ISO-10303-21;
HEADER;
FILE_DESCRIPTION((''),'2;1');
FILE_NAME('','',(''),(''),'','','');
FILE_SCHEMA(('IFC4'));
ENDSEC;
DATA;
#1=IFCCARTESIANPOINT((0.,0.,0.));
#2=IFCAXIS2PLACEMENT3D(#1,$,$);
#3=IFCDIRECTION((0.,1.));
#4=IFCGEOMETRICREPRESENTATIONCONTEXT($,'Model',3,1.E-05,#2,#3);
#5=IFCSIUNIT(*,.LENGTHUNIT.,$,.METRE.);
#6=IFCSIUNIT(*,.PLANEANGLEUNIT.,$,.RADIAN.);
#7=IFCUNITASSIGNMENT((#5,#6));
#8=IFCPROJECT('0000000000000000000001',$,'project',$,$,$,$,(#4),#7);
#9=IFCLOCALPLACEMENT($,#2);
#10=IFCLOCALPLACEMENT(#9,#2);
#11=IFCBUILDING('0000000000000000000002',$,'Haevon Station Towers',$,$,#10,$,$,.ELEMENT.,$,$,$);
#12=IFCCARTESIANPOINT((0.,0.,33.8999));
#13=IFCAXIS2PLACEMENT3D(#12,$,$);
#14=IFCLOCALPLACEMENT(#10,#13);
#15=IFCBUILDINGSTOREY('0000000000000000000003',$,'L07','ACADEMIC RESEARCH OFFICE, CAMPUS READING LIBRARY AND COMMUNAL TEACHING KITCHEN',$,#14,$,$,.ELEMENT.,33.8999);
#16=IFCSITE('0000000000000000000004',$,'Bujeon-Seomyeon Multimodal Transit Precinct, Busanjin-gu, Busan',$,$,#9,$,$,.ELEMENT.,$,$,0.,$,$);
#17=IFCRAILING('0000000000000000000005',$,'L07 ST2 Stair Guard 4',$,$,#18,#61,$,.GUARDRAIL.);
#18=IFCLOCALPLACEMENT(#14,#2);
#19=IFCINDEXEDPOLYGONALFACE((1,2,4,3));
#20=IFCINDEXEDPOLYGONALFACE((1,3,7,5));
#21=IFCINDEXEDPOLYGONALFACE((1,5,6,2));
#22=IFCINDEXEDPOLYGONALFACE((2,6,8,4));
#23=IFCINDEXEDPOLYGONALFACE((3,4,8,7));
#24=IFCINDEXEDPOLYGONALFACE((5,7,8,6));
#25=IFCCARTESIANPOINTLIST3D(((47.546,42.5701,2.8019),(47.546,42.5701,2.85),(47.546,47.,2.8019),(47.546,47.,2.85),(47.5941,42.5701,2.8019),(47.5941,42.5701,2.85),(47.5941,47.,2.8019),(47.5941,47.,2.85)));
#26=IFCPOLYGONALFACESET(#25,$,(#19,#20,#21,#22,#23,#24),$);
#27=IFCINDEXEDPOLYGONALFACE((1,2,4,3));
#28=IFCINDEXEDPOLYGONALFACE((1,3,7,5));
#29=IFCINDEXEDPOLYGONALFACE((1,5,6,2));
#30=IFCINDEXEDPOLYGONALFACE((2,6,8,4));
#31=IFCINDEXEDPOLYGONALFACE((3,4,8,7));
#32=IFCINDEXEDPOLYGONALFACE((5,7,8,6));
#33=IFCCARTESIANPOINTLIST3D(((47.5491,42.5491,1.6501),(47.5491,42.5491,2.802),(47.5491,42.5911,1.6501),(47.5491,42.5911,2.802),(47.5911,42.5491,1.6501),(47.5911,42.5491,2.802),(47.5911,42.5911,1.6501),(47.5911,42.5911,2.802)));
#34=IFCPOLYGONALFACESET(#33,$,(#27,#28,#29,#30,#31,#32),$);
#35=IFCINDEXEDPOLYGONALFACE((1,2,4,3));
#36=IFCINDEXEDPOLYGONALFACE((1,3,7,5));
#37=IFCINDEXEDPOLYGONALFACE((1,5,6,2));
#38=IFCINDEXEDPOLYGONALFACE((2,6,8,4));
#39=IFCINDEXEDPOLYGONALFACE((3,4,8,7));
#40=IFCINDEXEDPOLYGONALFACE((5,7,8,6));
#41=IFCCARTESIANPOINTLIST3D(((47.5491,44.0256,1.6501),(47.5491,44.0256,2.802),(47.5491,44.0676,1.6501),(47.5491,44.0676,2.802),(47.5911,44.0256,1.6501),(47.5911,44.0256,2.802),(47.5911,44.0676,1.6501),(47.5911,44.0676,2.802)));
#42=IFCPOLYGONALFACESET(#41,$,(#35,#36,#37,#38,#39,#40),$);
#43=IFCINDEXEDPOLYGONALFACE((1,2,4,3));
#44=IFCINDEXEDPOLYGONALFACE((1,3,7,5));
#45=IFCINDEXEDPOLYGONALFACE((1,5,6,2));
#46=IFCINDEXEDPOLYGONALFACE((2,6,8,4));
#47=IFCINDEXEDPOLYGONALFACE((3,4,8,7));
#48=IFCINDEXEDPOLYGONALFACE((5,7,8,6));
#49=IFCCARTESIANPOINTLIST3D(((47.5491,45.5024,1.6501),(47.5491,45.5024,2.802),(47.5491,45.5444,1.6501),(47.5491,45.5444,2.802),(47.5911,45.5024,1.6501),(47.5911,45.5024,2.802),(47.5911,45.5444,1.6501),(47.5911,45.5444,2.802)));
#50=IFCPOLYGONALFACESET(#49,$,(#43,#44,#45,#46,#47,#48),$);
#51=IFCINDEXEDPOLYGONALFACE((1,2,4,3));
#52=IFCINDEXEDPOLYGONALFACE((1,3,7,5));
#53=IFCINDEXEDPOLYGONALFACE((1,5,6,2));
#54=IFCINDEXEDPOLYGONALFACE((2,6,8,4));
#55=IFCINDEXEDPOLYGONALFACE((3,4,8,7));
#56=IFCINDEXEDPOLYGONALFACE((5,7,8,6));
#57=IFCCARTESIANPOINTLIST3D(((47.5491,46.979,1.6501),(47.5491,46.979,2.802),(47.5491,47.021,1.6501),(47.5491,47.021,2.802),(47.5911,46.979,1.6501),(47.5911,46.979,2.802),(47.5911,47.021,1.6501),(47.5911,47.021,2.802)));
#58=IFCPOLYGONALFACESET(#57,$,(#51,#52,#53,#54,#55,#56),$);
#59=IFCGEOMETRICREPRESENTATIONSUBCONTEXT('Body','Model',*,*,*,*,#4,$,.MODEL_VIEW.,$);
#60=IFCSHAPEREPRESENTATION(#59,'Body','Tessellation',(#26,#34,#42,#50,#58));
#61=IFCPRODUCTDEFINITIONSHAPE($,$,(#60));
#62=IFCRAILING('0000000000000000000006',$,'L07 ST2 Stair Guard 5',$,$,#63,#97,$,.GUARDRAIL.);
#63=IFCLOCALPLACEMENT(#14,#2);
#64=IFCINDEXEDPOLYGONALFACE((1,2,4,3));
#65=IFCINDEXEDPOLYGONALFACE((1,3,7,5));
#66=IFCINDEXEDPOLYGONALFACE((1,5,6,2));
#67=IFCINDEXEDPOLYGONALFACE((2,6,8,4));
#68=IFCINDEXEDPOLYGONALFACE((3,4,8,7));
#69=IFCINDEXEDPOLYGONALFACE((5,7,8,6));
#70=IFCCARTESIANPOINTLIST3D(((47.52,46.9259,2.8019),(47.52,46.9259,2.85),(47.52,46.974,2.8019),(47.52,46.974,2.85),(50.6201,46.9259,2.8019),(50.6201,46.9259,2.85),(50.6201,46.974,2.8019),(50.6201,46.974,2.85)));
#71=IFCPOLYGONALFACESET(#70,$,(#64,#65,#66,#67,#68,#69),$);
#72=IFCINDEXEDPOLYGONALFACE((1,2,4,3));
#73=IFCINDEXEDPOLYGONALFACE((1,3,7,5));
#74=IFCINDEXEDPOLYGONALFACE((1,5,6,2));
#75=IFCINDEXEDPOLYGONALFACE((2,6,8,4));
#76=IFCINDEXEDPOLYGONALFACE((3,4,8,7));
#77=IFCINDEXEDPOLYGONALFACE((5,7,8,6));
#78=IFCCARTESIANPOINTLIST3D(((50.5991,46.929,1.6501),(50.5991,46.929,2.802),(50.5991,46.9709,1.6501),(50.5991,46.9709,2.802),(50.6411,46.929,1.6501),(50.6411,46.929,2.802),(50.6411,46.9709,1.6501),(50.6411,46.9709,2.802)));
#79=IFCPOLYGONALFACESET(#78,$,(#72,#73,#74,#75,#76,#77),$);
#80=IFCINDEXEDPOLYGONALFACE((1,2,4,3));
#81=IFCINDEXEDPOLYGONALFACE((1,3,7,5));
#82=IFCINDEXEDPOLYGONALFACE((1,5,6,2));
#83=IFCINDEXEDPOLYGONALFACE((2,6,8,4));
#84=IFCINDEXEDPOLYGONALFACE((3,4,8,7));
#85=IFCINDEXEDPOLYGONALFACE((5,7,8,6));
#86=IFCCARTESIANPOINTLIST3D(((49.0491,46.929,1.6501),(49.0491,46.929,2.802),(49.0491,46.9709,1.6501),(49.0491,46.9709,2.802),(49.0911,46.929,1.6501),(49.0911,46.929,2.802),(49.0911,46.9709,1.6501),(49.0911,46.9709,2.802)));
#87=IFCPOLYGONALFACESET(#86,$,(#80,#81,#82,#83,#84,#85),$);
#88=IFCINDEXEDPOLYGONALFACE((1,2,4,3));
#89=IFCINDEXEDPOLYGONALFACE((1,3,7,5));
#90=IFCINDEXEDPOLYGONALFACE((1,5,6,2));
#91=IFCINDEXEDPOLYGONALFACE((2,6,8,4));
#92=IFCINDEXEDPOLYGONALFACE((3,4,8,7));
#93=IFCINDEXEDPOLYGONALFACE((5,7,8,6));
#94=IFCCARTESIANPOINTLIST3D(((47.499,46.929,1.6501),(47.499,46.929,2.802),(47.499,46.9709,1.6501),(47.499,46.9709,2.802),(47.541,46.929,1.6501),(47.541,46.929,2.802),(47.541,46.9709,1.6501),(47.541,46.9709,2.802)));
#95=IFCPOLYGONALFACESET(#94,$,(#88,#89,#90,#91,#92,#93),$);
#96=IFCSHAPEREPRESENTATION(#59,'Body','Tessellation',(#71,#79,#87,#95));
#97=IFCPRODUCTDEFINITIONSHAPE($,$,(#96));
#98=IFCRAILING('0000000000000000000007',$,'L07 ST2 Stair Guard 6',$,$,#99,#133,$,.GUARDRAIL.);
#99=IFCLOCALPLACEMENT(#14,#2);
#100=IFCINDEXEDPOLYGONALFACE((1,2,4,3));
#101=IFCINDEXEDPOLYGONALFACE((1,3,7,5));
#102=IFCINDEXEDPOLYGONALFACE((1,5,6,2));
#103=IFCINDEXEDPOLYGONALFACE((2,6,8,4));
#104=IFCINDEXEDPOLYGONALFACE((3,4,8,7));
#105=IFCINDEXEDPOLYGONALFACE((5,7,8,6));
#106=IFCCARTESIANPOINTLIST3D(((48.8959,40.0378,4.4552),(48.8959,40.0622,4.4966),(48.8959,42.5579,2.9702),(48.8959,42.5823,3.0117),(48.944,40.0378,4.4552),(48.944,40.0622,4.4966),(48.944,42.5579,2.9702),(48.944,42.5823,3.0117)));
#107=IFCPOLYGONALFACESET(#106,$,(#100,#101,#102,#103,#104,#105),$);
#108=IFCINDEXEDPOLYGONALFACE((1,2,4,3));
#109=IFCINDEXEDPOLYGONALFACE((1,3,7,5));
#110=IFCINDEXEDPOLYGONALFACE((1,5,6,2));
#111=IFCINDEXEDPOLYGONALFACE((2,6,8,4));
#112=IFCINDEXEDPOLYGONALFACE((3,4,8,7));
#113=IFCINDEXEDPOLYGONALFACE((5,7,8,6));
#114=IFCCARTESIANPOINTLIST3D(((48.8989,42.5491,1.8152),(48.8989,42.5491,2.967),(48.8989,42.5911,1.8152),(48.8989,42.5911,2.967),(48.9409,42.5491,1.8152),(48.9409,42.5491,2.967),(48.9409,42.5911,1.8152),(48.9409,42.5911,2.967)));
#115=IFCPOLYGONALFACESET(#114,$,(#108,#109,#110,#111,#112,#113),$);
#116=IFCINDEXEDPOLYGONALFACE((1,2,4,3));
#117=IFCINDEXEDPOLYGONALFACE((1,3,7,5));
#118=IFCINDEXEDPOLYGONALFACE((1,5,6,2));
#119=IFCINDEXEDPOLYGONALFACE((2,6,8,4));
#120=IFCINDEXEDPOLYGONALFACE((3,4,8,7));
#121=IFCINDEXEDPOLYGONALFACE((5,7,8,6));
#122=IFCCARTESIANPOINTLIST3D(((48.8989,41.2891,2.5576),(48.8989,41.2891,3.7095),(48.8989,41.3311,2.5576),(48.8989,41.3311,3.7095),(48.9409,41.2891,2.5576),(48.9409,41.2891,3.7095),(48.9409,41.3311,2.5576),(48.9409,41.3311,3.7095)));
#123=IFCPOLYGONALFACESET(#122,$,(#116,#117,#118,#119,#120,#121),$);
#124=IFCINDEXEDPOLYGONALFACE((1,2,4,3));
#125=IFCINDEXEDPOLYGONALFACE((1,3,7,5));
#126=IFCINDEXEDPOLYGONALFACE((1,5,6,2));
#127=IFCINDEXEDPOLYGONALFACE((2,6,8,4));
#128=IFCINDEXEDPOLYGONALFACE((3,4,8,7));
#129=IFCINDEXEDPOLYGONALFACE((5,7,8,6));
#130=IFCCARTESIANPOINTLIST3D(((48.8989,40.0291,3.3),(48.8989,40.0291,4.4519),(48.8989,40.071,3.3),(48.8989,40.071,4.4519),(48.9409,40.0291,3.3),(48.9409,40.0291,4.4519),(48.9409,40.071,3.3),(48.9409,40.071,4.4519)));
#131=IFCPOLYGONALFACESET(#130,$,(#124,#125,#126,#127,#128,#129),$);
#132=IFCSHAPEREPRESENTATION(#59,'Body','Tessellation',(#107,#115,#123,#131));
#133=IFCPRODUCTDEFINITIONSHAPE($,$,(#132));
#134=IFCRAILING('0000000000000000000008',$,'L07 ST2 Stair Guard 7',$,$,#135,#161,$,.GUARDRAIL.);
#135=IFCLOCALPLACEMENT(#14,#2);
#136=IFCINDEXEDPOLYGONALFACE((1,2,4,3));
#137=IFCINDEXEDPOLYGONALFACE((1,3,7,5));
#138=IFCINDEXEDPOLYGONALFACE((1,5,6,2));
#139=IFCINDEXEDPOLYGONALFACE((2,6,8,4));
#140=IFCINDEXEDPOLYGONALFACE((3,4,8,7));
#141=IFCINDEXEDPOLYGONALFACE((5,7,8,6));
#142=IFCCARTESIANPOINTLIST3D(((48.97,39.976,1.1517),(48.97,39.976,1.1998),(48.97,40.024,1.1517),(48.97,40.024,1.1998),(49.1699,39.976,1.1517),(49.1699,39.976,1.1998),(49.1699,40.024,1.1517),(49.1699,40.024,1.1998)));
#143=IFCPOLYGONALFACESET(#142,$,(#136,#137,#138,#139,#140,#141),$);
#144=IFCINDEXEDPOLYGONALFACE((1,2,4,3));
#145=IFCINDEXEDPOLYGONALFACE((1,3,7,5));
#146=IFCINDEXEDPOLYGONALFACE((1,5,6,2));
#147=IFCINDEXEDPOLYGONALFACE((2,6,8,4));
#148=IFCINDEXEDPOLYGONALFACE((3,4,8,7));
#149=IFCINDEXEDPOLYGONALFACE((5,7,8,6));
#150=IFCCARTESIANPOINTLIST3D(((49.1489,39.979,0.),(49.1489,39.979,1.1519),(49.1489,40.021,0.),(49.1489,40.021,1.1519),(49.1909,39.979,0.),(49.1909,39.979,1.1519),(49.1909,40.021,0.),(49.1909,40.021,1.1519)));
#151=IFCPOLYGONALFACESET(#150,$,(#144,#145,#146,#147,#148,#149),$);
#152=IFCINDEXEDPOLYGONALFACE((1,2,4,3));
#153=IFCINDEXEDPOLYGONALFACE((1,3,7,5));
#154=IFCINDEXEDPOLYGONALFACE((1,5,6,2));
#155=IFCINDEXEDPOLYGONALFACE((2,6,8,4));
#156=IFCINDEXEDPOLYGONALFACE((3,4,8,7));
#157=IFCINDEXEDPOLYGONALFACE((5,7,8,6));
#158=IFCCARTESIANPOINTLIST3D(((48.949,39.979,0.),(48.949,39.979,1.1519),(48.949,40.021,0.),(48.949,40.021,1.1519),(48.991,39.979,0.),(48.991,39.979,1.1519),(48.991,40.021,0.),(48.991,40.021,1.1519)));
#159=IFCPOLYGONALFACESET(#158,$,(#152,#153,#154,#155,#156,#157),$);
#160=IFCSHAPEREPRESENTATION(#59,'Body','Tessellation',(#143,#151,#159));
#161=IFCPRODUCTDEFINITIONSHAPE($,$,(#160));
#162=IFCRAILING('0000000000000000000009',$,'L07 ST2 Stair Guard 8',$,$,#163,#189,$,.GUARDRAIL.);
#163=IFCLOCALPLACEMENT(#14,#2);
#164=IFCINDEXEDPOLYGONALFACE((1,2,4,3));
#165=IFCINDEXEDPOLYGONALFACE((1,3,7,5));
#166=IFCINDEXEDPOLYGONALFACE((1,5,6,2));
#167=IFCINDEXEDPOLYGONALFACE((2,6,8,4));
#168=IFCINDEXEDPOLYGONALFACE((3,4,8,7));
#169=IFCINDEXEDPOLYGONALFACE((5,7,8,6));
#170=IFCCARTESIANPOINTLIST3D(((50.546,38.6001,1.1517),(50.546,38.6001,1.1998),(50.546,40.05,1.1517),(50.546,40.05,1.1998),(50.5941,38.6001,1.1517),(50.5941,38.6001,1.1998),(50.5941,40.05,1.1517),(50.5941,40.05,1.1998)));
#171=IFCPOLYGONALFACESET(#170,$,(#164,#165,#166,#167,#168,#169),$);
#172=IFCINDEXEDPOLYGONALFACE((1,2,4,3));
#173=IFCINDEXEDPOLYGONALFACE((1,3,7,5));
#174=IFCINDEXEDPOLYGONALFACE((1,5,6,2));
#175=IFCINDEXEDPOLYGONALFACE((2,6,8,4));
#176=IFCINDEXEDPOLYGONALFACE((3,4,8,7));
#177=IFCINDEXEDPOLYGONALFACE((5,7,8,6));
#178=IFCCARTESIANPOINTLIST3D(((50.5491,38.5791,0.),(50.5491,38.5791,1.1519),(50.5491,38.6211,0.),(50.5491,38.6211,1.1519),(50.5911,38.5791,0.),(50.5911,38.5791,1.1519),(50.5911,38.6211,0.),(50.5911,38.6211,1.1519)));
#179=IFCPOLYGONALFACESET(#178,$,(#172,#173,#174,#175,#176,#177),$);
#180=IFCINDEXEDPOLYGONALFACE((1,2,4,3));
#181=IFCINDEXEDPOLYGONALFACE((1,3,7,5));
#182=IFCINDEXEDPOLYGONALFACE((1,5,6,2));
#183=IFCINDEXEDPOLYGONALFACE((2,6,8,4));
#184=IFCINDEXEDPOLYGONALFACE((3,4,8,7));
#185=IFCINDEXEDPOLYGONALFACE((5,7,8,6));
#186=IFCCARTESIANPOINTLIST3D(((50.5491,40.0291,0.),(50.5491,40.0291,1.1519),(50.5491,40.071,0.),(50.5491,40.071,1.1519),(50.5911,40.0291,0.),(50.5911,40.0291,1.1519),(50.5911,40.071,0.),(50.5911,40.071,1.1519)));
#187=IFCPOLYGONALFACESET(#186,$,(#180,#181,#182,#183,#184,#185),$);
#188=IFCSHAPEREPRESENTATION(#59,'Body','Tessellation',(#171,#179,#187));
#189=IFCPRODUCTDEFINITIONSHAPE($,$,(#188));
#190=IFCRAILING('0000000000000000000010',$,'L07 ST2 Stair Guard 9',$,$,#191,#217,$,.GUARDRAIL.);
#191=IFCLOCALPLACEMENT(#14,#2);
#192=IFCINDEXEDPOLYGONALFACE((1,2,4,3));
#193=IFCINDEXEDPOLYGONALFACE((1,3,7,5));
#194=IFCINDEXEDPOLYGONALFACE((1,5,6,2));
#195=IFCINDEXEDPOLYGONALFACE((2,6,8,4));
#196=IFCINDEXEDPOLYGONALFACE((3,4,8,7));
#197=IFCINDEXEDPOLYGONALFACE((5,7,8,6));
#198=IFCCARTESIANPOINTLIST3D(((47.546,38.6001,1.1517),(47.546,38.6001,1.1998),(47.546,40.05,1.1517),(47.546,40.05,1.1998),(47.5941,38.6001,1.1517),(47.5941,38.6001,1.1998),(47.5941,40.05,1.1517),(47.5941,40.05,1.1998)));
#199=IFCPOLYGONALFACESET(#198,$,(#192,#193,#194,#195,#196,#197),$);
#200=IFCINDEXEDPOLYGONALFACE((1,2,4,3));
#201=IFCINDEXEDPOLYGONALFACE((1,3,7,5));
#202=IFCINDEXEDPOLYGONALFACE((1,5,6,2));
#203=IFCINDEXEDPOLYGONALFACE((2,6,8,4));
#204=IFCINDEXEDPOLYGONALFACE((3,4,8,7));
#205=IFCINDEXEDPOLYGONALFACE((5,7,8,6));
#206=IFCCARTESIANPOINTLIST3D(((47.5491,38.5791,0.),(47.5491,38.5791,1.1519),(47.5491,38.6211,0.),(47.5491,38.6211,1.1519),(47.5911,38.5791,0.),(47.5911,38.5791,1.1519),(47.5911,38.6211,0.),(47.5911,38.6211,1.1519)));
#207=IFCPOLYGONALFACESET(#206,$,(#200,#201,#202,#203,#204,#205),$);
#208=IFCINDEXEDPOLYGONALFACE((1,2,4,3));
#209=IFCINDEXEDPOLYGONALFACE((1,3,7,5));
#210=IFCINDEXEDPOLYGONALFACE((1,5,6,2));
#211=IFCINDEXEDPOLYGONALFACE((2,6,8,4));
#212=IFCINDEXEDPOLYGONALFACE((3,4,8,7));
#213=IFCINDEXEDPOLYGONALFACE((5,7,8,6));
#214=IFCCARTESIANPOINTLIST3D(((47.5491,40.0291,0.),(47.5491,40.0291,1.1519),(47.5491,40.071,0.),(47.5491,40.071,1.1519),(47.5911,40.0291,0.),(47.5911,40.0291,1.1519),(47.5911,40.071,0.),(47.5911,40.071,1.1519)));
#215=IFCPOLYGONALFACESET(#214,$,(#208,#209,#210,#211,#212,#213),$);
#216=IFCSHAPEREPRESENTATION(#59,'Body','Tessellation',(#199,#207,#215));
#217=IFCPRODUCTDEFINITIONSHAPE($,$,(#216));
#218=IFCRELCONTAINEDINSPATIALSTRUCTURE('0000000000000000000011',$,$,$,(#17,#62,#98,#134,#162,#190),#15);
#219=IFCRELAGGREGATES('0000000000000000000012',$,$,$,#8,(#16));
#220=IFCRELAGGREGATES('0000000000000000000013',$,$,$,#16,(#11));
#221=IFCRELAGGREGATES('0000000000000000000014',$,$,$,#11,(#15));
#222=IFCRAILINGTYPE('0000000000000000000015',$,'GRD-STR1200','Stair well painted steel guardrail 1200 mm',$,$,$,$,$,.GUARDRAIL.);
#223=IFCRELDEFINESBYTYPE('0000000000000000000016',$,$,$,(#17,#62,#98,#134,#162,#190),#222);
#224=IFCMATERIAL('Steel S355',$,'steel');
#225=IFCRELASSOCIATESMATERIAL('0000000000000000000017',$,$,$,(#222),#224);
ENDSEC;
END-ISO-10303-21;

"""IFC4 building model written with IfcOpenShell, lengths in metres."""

from ifc_helpers import new_model, si_unit, direction, frame, origin, origin_2d, place, context, subcontext, project, spatial, rectangle, extrude, material, type_object, element, save


model = new_model("IFC4")

# Units and contexts
model_context = context("Model", 3, precision=1e-05, world=origin(), true_north=direction((0.0, 1.0)))
body_context = subcontext(model_context, "Body", "Model", "MODEL_VIEW")
ifc_project = project(units=[si_unit("LENGTHUNIT", "METRE"), si_unit("PLANEANGLEUNIT", "RADIAN")], contexts=[model_context])

# Site, building, storey
site_placement = place(None, origin())
site = spatial("IfcSite", under=ifc_project, at=site_placement, Name="Bujeon-Seomyeon Multimodal Transit Precinct, Busanjin-gu, Busan", CompositionType="ELEMENT", RefElevation=0.0)
building_placement = place(site_placement, origin())
building = spatial("IfcBuilding", under=site, at=building_placement, Name="Haevon Station Towers", CompositionType="ELEMENT")
storey_placement = place(building_placement, frame((0.0, 0.0, 33.8999)))
storey = spatial("IfcBuildingStorey", under=building, at=storey_placement, Name="L07", Description="ACADEMIC RESEARCH OFFICE, CAMPUS READING LIBRARY AND COMMUNAL TEACHING KITCHEN", CompositionType="ELEMENT", Elevation=33.8999)

# Shared definitions
ifc_material_1 = material(Name="Steel S355", Category="steel")

# Railings
railing_type_1 = type_object("IfcRailingType", Name="GRD-STR1200", Description="Stair well painted steel guardrail 1200 mm", PredefinedType="GUARDRAIL", material=ifc_material_1)
for number, where, name in (
    (1, (47.5701, 42.5701, 1.6501), "L07 ST2 Stair Guard 4"),
):
    element("IfcRailing", number, at=place(storey_placement, frame(where)), inside=storey, type_object=railing_type_1, Name=name, PredefinedType="GUARDRAIL", context=body_context, shape_type="SweptSolid", body=[
        extrude(rectangle(XDim=0.0481, YDim=0.0481, at=origin_2d()), frame((0.0, 0.0, 1.1758), z_axis=(0.0, 1.0, 0.0), x_axis=(-1.0, 0.0, 0.0)), (0.0, 0.0, 1.0), 4.4299),
        extrude(rectangle(XDim=0.042, YDim=0.042, at=origin_2d()), origin(), (0.0, 0.0, 1.0), 1.1519),
        extrude(rectangle(XDim=0.042, YDim=0.042, at=origin_2d()), frame((0.0, 1.4766, 0.0)), (0.0, 0.0, 1.0), 1.1519),
        extrude(rectangle(XDim=0.042, YDim=0.042, at=origin_2d()), frame((0.0, 2.9534, 0.0)), (0.0, 0.0, 1.0), 1.1519),
        extrude(rectangle(XDim=0.042, YDim=0.042, at=origin_2d()), frame((0.0, 4.4299, 0.0)), (0.0, 0.0, 1.0), 1.1519),
    ])
railing_1_placement = place(storey_placement, frame((50.6201, 46.95, 1.6501)))
element("IfcRailing", 2, at=railing_1_placement, inside=storey, type_object=railing_type_1, Name="L07 ST2 Stair Guard 5", PredefinedType="GUARDRAIL", context=body_context, shape_type="SweptSolid", body=[
    extrude(rectangle(XDim=0.0481, YDim=0.0481, at=origin_2d()), frame((0.0, 0.0, 1.1758), z_axis=(-1.0, 0.0, 0.0), x_axis=(0.0, -1.0, 0.0)), (0.0, 0.0, 1.0), 3.1001),
    extrude(rectangle(XDim=0.042, YDim=0.042, at=origin_2d()), origin(), (0.0, 0.0, 1.0), 1.1519),
    extrude(rectangle(XDim=0.042, YDim=0.042, at=origin_2d()), frame((-1.55, 0.0, 0.0)), (0.0, 0.0, 1.0), 1.1519),
    extrude(rectangle(XDim=0.042, YDim=0.042, at=origin_2d()), frame((-3.1001, 0.0, 0.0)), (0.0, 0.0, 1.0), 1.1519),
])
railing_2_placement = place(storey_placement, frame((48.9199, 42.5701, 1.8152)))
element("IfcRailing", 3, at=railing_2_placement, inside=storey, type_object=railing_type_1, Name="L07 ST2 Stair Guard 6", PredefinedType="GUARDRAIL", context=body_context, shape_type="SweptSolid", body=[
    extrude(rectangle(XDim=0.0481, YDim=0.0481, at=origin_2d()), frame((0.0, 0.0, 1.1758), z_axis=(0.0, -0.861561, 0.507655), x_axis=(1.0, 0.0, 0.0)), (0.0, 0.0, 1.0), 2.925),
    extrude(rectangle(XDim=0.042, YDim=0.042, at=origin_2d()), origin(), (0.0, 0.0, 1.0), 1.1519),
    extrude(rectangle(XDim=0.042, YDim=0.042, at=origin_2d()), frame((0.0, -1.26, 0.7424)), (0.0, 0.0, 1.0), 1.1519),
    extrude(rectangle(XDim=0.042, YDim=0.042, at=origin_2d()), frame((0.0, -2.52, 1.4849)), (0.0, 0.0, 1.0), 1.1519),
])
railing_3_placement = place(storey_placement, frame((49.1699, 40.0, 0.0)))
element("IfcRailing", 4, at=railing_3_placement, inside=storey, type_object=railing_type_1, Name="L07 ST2 Stair Guard 7", PredefinedType="GUARDRAIL", context=body_context, shape_type="SweptSolid", body=[
    extrude(rectangle(XDim=0.0481, YDim=0.0481, at=origin_2d()), frame((0.0, 0.0, 1.1758), z_axis=(-1.0, 0.0, 0.0), x_axis=(0.0, -1.0, 0.0)), (0.0, 0.0, 1.0), 0.2),
    extrude(rectangle(XDim=0.042, YDim=0.042, at=origin_2d()), origin(), (0.0, 0.0, 1.0), 1.1519),
    extrude(rectangle(XDim=0.042, YDim=0.042, at=origin_2d()), frame((-0.2, 0.0, 0.0)), (0.0, 0.0, 1.0), 1.1519),
])
for number, where, name in (
    (5, (50.5701, 38.6001, 0.0), "L07 ST2 Stair Guard 8"),
    (6, (47.5701, 38.6001, 0.0), "L07 ST2 Stair Guard 9"),
):
    element("IfcRailing", number, at=place(storey_placement, frame(where)), inside=storey, type_object=railing_type_1, Name=name, PredefinedType="GUARDRAIL", context=body_context, shape_type="SweptSolid", body=[
        extrude(rectangle(XDim=0.0481, YDim=0.0481, at=origin_2d()), frame((0.0, 0.0, 1.1758), z_axis=(0.0, 1.0, 0.0), x_axis=(-1.0, 0.0, 0.0)), (0.0, 0.0, 1.0), 1.45),
        extrude(rectangle(XDim=0.042, YDim=0.042, at=origin_2d()), origin(), (0.0, 0.0, 1.0), 1.1519),
        extrude(rectangle(XDim=0.042, YDim=0.042, at=origin_2d()), frame((0.0, 1.45, 0.0)), (0.0, 0.0, 1.0), 1.1519),
    ])

save(model, "model.ifc")
